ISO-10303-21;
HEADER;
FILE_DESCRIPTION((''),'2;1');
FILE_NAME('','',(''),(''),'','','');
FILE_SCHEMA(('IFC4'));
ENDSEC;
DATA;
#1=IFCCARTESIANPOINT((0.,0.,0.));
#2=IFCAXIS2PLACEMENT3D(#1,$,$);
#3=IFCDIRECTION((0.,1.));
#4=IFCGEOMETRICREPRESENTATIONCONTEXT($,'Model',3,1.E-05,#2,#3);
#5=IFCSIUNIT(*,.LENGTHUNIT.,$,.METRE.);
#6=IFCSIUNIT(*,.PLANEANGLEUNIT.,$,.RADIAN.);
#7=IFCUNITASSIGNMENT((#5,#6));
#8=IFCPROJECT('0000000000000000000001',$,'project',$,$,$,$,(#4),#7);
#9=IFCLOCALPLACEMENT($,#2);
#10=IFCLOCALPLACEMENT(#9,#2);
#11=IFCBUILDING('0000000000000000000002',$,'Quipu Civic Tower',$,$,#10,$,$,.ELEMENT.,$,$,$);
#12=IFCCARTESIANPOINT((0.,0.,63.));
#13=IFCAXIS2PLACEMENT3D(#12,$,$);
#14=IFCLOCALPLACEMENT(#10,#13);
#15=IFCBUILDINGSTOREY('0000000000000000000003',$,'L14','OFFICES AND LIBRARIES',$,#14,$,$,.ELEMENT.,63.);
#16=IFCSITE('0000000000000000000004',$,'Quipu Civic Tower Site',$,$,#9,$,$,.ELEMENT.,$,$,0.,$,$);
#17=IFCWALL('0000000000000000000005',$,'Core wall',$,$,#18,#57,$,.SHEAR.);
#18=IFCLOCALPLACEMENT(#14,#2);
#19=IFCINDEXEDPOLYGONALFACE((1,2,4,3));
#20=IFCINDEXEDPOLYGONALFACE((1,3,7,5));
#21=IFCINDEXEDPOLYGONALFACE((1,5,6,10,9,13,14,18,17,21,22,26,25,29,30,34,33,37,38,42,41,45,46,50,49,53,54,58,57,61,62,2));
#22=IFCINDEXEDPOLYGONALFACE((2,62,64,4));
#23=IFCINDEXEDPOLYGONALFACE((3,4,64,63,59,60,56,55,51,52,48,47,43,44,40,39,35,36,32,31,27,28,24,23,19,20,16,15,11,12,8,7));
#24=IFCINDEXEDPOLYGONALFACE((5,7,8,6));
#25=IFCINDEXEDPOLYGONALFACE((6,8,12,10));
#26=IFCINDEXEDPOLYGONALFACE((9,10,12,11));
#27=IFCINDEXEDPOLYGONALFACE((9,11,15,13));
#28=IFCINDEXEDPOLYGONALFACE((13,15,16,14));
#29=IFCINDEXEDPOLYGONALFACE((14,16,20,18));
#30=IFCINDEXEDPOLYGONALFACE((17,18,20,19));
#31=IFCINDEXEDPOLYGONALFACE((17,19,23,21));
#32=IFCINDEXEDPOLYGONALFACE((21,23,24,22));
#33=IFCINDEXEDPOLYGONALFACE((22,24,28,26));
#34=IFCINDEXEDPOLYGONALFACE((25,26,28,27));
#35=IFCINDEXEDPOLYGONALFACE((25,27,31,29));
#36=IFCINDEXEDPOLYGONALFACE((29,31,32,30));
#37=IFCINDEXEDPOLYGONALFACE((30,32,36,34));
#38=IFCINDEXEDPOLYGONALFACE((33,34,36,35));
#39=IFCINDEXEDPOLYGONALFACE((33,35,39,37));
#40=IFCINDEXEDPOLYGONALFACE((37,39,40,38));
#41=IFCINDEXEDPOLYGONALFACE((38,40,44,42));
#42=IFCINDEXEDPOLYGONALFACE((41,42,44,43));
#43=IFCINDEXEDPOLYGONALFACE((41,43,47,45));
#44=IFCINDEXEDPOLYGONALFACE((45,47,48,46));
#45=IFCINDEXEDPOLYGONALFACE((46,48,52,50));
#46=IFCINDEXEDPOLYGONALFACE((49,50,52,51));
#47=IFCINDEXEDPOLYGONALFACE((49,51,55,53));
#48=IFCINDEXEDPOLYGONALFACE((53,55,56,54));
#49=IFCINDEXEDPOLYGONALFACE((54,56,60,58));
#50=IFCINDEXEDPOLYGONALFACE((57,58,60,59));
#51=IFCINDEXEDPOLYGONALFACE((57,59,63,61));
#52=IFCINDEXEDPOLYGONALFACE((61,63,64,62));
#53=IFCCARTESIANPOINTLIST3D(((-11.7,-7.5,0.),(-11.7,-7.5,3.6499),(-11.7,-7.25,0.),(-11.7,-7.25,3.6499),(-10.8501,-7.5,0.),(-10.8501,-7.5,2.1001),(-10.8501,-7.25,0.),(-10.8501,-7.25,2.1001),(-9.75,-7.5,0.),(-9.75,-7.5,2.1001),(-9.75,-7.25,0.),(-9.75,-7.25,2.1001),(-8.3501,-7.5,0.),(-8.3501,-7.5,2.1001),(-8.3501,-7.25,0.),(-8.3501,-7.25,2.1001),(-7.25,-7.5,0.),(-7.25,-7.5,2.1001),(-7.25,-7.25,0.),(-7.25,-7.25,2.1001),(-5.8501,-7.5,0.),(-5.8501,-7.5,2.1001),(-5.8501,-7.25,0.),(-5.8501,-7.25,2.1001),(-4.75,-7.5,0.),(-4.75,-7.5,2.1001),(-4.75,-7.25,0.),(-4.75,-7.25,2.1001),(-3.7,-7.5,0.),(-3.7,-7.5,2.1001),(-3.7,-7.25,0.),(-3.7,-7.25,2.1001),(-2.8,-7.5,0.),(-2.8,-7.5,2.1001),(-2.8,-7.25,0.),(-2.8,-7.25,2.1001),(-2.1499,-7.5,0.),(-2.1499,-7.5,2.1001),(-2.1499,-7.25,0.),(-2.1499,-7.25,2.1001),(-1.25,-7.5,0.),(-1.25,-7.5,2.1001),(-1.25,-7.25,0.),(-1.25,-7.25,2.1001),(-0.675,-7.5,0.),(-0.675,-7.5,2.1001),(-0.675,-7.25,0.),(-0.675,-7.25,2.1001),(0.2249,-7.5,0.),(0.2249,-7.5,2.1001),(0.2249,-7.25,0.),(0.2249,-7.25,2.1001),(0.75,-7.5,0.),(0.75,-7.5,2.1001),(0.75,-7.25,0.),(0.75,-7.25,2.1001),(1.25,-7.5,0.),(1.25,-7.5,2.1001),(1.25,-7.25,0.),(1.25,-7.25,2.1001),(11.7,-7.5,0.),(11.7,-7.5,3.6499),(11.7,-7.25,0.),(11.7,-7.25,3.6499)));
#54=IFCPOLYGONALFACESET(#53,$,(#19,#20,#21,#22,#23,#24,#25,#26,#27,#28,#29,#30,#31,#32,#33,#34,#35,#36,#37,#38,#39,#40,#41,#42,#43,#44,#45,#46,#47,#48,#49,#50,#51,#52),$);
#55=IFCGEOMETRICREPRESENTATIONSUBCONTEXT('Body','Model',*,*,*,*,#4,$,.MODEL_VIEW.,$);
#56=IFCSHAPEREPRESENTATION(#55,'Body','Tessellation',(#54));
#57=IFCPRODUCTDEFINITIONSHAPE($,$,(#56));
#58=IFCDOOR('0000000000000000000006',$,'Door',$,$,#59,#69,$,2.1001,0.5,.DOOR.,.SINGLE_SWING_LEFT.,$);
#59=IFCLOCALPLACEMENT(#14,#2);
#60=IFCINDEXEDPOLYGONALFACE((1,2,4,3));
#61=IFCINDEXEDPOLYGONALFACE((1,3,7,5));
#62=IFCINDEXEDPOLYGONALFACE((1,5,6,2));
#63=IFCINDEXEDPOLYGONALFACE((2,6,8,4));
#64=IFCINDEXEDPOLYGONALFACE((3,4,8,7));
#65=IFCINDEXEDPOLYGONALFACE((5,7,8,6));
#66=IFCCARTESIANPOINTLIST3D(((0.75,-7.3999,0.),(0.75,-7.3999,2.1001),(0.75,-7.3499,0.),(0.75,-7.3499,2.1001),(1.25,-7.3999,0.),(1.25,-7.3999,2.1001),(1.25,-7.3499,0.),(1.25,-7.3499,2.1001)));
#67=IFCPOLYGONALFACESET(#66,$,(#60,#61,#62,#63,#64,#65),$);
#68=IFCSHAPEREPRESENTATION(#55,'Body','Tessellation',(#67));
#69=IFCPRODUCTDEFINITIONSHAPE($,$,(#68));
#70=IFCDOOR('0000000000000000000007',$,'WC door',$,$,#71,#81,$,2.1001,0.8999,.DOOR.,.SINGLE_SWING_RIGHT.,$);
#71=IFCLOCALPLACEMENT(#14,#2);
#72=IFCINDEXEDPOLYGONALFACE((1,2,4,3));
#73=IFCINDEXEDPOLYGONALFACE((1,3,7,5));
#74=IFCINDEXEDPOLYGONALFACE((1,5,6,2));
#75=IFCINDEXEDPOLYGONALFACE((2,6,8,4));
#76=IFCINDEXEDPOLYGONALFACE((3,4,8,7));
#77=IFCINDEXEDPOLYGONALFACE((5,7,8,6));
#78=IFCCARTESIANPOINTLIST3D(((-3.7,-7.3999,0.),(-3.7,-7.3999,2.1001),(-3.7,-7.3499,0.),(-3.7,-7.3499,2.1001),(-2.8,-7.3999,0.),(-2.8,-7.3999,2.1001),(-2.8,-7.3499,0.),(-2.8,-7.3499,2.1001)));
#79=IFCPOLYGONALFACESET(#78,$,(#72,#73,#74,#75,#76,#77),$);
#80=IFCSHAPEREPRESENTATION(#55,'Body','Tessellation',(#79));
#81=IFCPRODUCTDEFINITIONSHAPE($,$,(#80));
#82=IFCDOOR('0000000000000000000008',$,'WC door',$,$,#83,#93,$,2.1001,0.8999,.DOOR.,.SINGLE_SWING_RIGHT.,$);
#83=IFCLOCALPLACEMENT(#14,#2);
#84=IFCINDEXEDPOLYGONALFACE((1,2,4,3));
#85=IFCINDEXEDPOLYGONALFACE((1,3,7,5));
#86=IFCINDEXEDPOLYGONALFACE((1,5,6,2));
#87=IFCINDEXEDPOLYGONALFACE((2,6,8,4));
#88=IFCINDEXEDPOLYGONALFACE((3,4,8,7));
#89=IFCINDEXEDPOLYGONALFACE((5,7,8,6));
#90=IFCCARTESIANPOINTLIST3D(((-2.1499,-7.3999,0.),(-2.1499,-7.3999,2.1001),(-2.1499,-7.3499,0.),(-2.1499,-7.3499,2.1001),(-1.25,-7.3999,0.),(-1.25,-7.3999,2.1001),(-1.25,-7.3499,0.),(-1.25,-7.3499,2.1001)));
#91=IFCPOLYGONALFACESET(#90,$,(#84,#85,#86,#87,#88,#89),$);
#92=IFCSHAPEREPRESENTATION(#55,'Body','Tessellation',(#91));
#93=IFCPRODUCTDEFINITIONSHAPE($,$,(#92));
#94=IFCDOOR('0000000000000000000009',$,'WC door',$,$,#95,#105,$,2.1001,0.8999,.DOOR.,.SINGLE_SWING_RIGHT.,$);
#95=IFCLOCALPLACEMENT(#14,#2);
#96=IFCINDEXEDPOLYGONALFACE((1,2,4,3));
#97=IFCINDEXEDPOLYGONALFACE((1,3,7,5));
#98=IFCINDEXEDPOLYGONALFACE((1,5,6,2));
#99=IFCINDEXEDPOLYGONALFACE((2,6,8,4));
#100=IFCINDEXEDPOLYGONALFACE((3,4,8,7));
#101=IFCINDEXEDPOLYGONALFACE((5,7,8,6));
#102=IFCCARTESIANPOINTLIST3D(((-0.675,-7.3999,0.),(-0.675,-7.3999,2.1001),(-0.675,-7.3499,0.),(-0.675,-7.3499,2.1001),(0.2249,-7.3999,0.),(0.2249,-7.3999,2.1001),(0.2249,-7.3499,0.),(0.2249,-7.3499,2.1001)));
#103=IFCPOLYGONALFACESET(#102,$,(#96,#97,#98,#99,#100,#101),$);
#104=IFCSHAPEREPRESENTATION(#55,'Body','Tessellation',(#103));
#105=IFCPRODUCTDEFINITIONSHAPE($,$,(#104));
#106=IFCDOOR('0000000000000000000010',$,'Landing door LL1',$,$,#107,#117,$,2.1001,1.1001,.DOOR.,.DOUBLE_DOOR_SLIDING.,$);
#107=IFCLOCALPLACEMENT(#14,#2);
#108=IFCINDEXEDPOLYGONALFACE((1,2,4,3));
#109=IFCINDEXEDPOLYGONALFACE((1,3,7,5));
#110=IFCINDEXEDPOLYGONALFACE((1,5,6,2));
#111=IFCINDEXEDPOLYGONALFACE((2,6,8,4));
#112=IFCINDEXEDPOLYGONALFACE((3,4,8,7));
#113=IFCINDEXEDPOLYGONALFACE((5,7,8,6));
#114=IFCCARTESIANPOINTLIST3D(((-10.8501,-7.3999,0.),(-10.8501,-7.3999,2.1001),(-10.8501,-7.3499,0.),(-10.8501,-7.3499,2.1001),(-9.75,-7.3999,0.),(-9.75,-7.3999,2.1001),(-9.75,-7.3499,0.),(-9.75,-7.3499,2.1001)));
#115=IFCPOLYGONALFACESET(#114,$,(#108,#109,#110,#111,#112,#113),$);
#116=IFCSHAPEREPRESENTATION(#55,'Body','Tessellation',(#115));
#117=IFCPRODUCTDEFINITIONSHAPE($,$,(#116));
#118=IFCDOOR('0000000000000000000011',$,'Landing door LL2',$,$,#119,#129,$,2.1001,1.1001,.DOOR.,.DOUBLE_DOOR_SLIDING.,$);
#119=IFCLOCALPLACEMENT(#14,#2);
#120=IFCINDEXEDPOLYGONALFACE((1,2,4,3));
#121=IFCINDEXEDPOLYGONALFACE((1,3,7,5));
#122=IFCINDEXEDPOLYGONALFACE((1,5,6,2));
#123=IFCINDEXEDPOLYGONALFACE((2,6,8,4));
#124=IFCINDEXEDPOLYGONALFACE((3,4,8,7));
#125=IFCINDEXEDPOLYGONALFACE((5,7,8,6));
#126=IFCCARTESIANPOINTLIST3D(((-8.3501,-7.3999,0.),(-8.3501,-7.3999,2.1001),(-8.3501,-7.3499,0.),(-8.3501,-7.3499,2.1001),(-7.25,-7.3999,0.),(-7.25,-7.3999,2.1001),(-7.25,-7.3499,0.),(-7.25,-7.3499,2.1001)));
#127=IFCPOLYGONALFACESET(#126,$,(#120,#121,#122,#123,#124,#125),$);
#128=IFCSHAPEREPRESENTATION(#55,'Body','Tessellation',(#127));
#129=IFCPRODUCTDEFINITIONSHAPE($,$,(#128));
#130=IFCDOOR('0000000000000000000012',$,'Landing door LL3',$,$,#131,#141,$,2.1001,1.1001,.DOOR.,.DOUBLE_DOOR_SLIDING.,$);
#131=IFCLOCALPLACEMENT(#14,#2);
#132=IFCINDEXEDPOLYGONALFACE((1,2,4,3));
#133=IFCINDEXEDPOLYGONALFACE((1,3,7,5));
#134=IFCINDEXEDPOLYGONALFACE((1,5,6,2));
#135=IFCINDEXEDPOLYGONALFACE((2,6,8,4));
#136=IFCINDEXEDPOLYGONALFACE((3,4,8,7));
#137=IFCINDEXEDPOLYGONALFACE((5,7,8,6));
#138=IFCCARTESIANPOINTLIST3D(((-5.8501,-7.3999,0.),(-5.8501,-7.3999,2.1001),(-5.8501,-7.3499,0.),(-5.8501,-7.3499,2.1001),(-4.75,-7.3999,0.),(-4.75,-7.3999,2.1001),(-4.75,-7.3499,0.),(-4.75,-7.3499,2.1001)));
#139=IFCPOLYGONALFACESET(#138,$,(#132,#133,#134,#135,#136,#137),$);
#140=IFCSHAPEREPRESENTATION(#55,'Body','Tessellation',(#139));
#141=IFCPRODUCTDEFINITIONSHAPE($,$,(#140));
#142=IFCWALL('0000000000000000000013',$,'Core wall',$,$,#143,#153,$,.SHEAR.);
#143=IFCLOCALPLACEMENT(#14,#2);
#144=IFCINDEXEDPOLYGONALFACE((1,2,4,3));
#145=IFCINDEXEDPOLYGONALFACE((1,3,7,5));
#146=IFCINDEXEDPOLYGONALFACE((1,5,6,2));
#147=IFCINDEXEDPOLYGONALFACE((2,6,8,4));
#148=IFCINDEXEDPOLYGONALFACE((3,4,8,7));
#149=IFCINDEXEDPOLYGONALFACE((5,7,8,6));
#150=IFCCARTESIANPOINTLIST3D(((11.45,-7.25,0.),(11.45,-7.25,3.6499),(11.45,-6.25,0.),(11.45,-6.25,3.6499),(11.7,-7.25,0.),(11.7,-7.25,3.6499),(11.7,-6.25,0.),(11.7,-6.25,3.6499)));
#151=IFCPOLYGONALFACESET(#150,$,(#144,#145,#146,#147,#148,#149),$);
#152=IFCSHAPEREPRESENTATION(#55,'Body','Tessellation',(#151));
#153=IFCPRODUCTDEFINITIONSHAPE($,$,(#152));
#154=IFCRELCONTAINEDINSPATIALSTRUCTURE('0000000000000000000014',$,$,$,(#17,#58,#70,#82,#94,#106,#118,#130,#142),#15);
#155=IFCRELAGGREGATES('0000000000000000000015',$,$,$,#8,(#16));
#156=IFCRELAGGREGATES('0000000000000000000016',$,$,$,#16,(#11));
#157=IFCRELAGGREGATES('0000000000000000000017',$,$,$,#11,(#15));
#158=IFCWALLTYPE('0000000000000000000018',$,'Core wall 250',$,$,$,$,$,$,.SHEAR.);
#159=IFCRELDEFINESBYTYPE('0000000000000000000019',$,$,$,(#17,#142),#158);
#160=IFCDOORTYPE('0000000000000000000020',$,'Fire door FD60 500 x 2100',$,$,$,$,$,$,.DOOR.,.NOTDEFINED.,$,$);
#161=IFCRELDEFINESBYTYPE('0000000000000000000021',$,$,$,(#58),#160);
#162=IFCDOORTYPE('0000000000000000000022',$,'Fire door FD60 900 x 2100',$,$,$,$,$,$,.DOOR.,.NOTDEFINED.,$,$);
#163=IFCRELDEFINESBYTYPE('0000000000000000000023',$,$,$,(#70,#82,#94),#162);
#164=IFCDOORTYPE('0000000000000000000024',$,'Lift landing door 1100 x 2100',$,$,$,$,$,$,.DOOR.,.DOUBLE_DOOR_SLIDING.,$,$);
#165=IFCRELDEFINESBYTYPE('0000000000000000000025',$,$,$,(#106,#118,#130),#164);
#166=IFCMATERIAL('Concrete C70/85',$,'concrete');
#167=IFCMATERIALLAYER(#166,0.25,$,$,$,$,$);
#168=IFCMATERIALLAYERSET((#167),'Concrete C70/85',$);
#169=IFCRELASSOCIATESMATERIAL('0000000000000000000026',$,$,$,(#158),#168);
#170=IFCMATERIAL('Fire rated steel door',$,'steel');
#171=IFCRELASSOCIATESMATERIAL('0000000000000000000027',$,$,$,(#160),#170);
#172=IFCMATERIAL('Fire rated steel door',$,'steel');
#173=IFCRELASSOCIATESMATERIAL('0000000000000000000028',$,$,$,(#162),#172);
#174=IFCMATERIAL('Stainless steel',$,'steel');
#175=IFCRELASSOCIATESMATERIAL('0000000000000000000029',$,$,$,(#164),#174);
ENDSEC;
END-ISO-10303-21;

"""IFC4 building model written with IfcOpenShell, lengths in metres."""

from ifc_helpers import new_model, si_unit, direction, frame, frame_2d, origin, place, context, subcontext, project, spatial, rectangle, extrude, material, layer, layer_set, type_object, element, fill, save


model = new_model("IFC4")

# Units and contexts
model_context = context("Model", 3, precision=1e-05, world=origin(), true_north=direction((0.0, 1.0)))
body_context = subcontext(model_context, "Body", "Model", "MODEL_VIEW")
ifc_project = project(units=[si_unit("LENGTHUNIT", "METRE"), si_unit("PLANEANGLEUNIT", "RADIAN")], contexts=[model_context])

# Site, building, storey
site_placement = place(None, origin())
site = spatial("IfcSite", under=ifc_project, at=site_placement, Name="Quipu Civic Tower Site", CompositionType="ELEMENT", RefElevation=0.0)
building_placement = place(site_placement, origin())
building = spatial("IfcBuilding", under=site, at=building_placement, Name="Quipu Civic Tower", CompositionType="ELEMENT")
storey_placement = place(building_placement, frame((0.0, 0.0, 63.0)))
storey = spatial("IfcBuildingStorey", under=building, at=storey_placement, Name="L14", Description="OFFICES AND LIBRARIES", CompositionType="ELEMENT", Elevation=63.0)

# Shared definitions
ifc_material_1 = material(Name="Concrete C70/85", Category="concrete")
ifc_layer_1 = layer(ifc_material_1, 0.25)
ifc_layer_set_1 = layer_set([ifc_layer_1], Name="Concrete C70/85")
wall_type_1 = type_object("IfcWallType", Name="Core wall 250", PredefinedType="SHEAR", material=ifc_layer_set_1)

# Wall, openings, doors
wall_1_placement = place(storey_placement, frame((11.7, -7.375, 0.0), z_axis=(0.0, 0.0, 1.0), x_axis=(-1.0, 0.0, 0.0)))
wall_1 = element("IfcWall", 1, at=wall_1_placement, inside=storey, type_object=wall_type_1, Name="Core wall", PredefinedType="SHEAR", context=body_context, shape_type="SweptSolid", body=[
    extrude(rectangle(XDim=23.3999, YDim=0.25, at=frame_2d((11.7, 0.0))), origin(), (0.0, 0.0, 1.0), 3.6499),
])
opening_1_placement = place(wall_1_placement, frame((21.45, 0.0, 0.0)))
opening_1 = element("IfcOpeningElement", 2, at=opening_1_placement, cuts=wall_1, PredefinedType="OPENING", context=body_context, shape_type="SweptSolid", body=[
    extrude(rectangle(XDim=1.1001, YDim=2.1001, at=frame_2d((0.55, 1.05))), frame((0.0, 0.135, 0.0), z_axis=(0.0, -1.0, 0.0), x_axis=(1.0, 0.0, 0.0)), (0.0, 0.0, 1.0), 0.27),
])
opening_2_placement = place(wall_1_placement, frame((18.95, 0.0, 0.0)))
opening_2 = element("IfcOpeningElement", 3, at=opening_2_placement, cuts=wall_1, PredefinedType="OPENING", context=body_context, shape_type="SweptSolid", body=[
    extrude(rectangle(XDim=1.1001, YDim=2.1001, at=frame_2d((0.55, 1.05))), frame((0.0, 0.135, 0.0), z_axis=(0.0, -1.0, 0.0), x_axis=(1.0, 0.0, 0.0)), (0.0, 0.0, 1.0), 0.27),
])
opening_3_placement = place(wall_1_placement, frame((16.45, 0.0, 0.0)))
opening_3 = element("IfcOpeningElement", 4, at=opening_3_placement, cuts=wall_1, PredefinedType="OPENING", context=body_context, shape_type="SweptSolid", body=[
    extrude(rectangle(XDim=1.1001, YDim=2.1001, at=frame_2d((0.55, 1.05))), frame((0.0, 0.135, 0.0), z_axis=(0.0, -1.0, 0.0), x_axis=(1.0, 0.0, 0.0)), (0.0, 0.0, 1.0), 0.27),
])
opening_4_placement = place(wall_1_placement, frame((14.5, 0.0, 0.0)))
opening_4 = element("IfcOpeningElement", 5, at=opening_4_placement, cuts=wall_1, PredefinedType="OPENING", context=body_context, shape_type="SweptSolid", body=[
    extrude(rectangle(XDim=0.8999, YDim=2.1001, at=frame_2d((0.45, 1.05))), frame((0.0, 0.135, 0.0), z_axis=(0.0, -1.0, 0.0), x_axis=(1.0, 0.0, 0.0)), (0.0, 0.0, 1.0), 0.27),
])
opening_5_placement = place(wall_1_placement, frame((12.95, 0.0, 0.0)))
opening_5 = element("IfcOpeningElement", 6, at=opening_5_placement, cuts=wall_1, PredefinedType="OPENING", context=body_context, shape_type="SweptSolid", body=[
    extrude(rectangle(XDim=0.8999, YDim=2.1001, at=frame_2d((0.45, 1.05))), frame((0.0, 0.135, 0.0), z_axis=(0.0, -1.0, 0.0), x_axis=(1.0, 0.0, 0.0)), (0.0, 0.0, 1.0), 0.27),
])
opening_6_placement = place(wall_1_placement, frame((11.4751, 0.0, 0.0)))
opening_6 = element("IfcOpeningElement", 7, at=opening_6_placement, cuts=wall_1, PredefinedType="OPENING", context=body_context, shape_type="SweptSolid", body=[
    extrude(rectangle(XDim=0.8999, YDim=2.1001, at=frame_2d((0.45, 1.05))), frame((0.0, 0.135, 0.0), z_axis=(0.0, -1.0, 0.0), x_axis=(1.0, 0.0, 0.0)), (0.0, 0.0, 1.0), 0.27),
])
opening_7_placement = place(wall_1_placement, frame((10.45, 0.0, 0.0)))
opening_7 = element("IfcOpeningElement", 8, at=opening_7_placement, cuts=wall_1, PredefinedType="OPENING", context=body_context, shape_type="SweptSolid", body=[
    extrude(rectangle(XDim=0.5, YDim=2.1001, at=frame_2d((0.25, 1.05))), frame((0.0, 0.135, 0.0), z_axis=(0.0, -1.0, 0.0), x_axis=(1.0, 0.0, 0.0)), (0.0, 0.0, 1.0), 0.27),
])
ifc_material_2 = material(Name="Fire rated steel door", Category="steel")
door_type_1 = type_object("IfcDoorType", Name="Fire door FD60 500 x 2100", OperationType="NOTDEFINED", PredefinedType="DOOR", material=ifc_material_2)
door_1_placement = place(opening_7_placement, origin())
door_1 = element("IfcDoor", 9, at=door_1_placement, inside=storey, type_object=door_type_1, Name="Door", OperationType="SINGLE_SWING_LEFT", OverallHeight=2.1001, OverallWidth=0.5, PredefinedType="DOOR", context=body_context, shape_type="SweptSolid", body=[
    extrude(rectangle(XDim=0.5, YDim=2.1001, at=frame_2d((0.25, 1.05))), frame((0.0, 0.0249, 0.0), z_axis=(0.0, -1.0, 0.0), x_axis=(1.0, 0.0, 0.0)), (0.0, 0.0, 1.0), 0.05),
])
fill(opening_7, door_1)
ifc_material_3 = material(Name="Fire rated steel door", Category="steel")
door_type_2 = type_object("IfcDoorType", Name="Fire door FD60 900 x 2100", OperationType="NOTDEFINED", PredefinedType="DOOR", material=ifc_material_3)
door_2_placement = place(opening_4_placement, origin())
door_2 = element("IfcDoor", 10, at=door_2_placement, inside=storey, type_object=door_type_2, Name="WC door", OperationType="SINGLE_SWING_RIGHT", OverallHeight=2.1001, OverallWidth=0.8999, PredefinedType="DOOR", context=body_context, shape_type="SweptSolid", body=[
    extrude(rectangle(XDim=0.8999, YDim=2.1001, at=frame_2d((0.45, 1.05))), frame((0.0, 0.0249, 0.0), z_axis=(0.0, -1.0, 0.0), x_axis=(1.0, 0.0, 0.0)), (0.0, 0.0, 1.0), 0.05),
])
fill(opening_4, door_2)
door_3_placement = place(opening_5_placement, origin())
door_3 = element("IfcDoor", 11, at=door_3_placement, inside=storey, type_object=door_type_2, Name="WC door", OperationType="SINGLE_SWING_RIGHT", OverallHeight=2.1001, OverallWidth=0.8999, PredefinedType="DOOR", context=body_context, shape_type="SweptSolid", body=[
    extrude(rectangle(XDim=0.8999, YDim=2.1001, at=frame_2d((0.45, 1.05))), frame((0.0, 0.0249, 0.0), z_axis=(0.0, -1.0, 0.0), x_axis=(1.0, 0.0, 0.0)), (0.0, 0.0, 1.0), 0.05),
])
fill(opening_5, door_3)
door_4_placement = place(opening_6_placement, origin())
door_4 = element("IfcDoor", 12, at=door_4_placement, inside=storey, type_object=door_type_2, Name="WC door", OperationType="SINGLE_SWING_RIGHT", OverallHeight=2.1001, OverallWidth=0.8999, PredefinedType="DOOR", context=body_context, shape_type="SweptSolid", body=[
    extrude(rectangle(XDim=0.8999, YDim=2.1001, at=frame_2d((0.45, 1.05))), frame((0.0, 0.0249, 0.0), z_axis=(0.0, -1.0, 0.0), x_axis=(1.0, 0.0, 0.0)), (0.0, 0.0, 1.0), 0.05),
])
fill(opening_6, door_4)
ifc_material_4 = material(Name="Stainless steel", Category="steel")
door_type_3 = type_object("IfcDoorType", Name="Lift landing door 1100 x 2100", OperationType="DOUBLE_DOOR_SLIDING", PredefinedType="DOOR", material=ifc_material_4)
door_5_placement = place(opening_1_placement, origin())
door_5 = element("IfcDoor", 13, at=door_5_placement, inside=storey, type_object=door_type_3, Name="Landing door LL1", OperationType="DOUBLE_DOOR_SLIDING", OverallHeight=2.1001, OverallWidth=1.1001, PredefinedType="DOOR", context=body_context, shape_type="SweptSolid", body=[
    extrude(rectangle(XDim=1.1001, YDim=2.1001, at=frame_2d((0.55, 1.05))), frame((0.0, 0.0249, 0.0), z_axis=(0.0, -1.0, 0.0), x_axis=(1.0, 0.0, 0.0)), (0.0, 0.0, 1.0), 0.05),
])
fill(opening_1, door_5)
door_6_placement = place(opening_2_placement, origin())
door_6 = element("IfcDoor", 14, at=door_6_placement, inside=storey, type_object=door_type_3, Name="Landing door LL2", OperationType="DOUBLE_DOOR_SLIDING", OverallHeight=2.1001, OverallWidth=1.1001, PredefinedType="DOOR", context=body_context, shape_type="SweptSolid", body=[
    extrude(rectangle(XDim=1.1001, YDim=2.1001, at=frame_2d((0.55, 1.05))), frame((0.0, 0.0249, 0.0), z_axis=(0.0, -1.0, 0.0), x_axis=(1.0, 0.0, 0.0)), (0.0, 0.0, 1.0), 0.05),
])
fill(opening_2, door_6)
door_7_placement = place(opening_3_placement, origin())
door_7 = element("IfcDoor", 15, at=door_7_placement, inside=storey, type_object=door_type_3, Name="Landing door LL3", OperationType="DOUBLE_DOOR_SLIDING", OverallHeight=2.1001, OverallWidth=1.1001, PredefinedType="DOOR", context=body_context, shape_type="SweptSolid", body=[
    extrude(rectangle(XDim=1.1001, YDim=2.1001, at=frame_2d((0.55, 1.05))), frame((0.0, 0.0249, 0.0), z_axis=(0.0, -1.0, 0.0), x_axis=(1.0, 0.0, 0.0)), (0.0, 0.0, 1.0), 0.05),
])
fill(opening_3, door_7)

# Wall
wall_2_placement = place(storey_placement, frame((11.575, -7.25, 0.0), z_axis=(0.0, 0.0, 1.0), x_axis=(0.0, 1.0, 0.0)))
element("IfcWall", 16, at=wall_2_placement, inside=storey, type_object=wall_type_1, Name="Core wall", PredefinedType="SHEAR", context=body_context, shape_type="SweptSolid", body=[
    extrude(rectangle(XDim=1.0, YDim=0.25, at=frame_2d((0.5, 0.0))), origin(), (0.0, 0.0, 1.0), 3.6499),
])

save(model, "model.ifc")
